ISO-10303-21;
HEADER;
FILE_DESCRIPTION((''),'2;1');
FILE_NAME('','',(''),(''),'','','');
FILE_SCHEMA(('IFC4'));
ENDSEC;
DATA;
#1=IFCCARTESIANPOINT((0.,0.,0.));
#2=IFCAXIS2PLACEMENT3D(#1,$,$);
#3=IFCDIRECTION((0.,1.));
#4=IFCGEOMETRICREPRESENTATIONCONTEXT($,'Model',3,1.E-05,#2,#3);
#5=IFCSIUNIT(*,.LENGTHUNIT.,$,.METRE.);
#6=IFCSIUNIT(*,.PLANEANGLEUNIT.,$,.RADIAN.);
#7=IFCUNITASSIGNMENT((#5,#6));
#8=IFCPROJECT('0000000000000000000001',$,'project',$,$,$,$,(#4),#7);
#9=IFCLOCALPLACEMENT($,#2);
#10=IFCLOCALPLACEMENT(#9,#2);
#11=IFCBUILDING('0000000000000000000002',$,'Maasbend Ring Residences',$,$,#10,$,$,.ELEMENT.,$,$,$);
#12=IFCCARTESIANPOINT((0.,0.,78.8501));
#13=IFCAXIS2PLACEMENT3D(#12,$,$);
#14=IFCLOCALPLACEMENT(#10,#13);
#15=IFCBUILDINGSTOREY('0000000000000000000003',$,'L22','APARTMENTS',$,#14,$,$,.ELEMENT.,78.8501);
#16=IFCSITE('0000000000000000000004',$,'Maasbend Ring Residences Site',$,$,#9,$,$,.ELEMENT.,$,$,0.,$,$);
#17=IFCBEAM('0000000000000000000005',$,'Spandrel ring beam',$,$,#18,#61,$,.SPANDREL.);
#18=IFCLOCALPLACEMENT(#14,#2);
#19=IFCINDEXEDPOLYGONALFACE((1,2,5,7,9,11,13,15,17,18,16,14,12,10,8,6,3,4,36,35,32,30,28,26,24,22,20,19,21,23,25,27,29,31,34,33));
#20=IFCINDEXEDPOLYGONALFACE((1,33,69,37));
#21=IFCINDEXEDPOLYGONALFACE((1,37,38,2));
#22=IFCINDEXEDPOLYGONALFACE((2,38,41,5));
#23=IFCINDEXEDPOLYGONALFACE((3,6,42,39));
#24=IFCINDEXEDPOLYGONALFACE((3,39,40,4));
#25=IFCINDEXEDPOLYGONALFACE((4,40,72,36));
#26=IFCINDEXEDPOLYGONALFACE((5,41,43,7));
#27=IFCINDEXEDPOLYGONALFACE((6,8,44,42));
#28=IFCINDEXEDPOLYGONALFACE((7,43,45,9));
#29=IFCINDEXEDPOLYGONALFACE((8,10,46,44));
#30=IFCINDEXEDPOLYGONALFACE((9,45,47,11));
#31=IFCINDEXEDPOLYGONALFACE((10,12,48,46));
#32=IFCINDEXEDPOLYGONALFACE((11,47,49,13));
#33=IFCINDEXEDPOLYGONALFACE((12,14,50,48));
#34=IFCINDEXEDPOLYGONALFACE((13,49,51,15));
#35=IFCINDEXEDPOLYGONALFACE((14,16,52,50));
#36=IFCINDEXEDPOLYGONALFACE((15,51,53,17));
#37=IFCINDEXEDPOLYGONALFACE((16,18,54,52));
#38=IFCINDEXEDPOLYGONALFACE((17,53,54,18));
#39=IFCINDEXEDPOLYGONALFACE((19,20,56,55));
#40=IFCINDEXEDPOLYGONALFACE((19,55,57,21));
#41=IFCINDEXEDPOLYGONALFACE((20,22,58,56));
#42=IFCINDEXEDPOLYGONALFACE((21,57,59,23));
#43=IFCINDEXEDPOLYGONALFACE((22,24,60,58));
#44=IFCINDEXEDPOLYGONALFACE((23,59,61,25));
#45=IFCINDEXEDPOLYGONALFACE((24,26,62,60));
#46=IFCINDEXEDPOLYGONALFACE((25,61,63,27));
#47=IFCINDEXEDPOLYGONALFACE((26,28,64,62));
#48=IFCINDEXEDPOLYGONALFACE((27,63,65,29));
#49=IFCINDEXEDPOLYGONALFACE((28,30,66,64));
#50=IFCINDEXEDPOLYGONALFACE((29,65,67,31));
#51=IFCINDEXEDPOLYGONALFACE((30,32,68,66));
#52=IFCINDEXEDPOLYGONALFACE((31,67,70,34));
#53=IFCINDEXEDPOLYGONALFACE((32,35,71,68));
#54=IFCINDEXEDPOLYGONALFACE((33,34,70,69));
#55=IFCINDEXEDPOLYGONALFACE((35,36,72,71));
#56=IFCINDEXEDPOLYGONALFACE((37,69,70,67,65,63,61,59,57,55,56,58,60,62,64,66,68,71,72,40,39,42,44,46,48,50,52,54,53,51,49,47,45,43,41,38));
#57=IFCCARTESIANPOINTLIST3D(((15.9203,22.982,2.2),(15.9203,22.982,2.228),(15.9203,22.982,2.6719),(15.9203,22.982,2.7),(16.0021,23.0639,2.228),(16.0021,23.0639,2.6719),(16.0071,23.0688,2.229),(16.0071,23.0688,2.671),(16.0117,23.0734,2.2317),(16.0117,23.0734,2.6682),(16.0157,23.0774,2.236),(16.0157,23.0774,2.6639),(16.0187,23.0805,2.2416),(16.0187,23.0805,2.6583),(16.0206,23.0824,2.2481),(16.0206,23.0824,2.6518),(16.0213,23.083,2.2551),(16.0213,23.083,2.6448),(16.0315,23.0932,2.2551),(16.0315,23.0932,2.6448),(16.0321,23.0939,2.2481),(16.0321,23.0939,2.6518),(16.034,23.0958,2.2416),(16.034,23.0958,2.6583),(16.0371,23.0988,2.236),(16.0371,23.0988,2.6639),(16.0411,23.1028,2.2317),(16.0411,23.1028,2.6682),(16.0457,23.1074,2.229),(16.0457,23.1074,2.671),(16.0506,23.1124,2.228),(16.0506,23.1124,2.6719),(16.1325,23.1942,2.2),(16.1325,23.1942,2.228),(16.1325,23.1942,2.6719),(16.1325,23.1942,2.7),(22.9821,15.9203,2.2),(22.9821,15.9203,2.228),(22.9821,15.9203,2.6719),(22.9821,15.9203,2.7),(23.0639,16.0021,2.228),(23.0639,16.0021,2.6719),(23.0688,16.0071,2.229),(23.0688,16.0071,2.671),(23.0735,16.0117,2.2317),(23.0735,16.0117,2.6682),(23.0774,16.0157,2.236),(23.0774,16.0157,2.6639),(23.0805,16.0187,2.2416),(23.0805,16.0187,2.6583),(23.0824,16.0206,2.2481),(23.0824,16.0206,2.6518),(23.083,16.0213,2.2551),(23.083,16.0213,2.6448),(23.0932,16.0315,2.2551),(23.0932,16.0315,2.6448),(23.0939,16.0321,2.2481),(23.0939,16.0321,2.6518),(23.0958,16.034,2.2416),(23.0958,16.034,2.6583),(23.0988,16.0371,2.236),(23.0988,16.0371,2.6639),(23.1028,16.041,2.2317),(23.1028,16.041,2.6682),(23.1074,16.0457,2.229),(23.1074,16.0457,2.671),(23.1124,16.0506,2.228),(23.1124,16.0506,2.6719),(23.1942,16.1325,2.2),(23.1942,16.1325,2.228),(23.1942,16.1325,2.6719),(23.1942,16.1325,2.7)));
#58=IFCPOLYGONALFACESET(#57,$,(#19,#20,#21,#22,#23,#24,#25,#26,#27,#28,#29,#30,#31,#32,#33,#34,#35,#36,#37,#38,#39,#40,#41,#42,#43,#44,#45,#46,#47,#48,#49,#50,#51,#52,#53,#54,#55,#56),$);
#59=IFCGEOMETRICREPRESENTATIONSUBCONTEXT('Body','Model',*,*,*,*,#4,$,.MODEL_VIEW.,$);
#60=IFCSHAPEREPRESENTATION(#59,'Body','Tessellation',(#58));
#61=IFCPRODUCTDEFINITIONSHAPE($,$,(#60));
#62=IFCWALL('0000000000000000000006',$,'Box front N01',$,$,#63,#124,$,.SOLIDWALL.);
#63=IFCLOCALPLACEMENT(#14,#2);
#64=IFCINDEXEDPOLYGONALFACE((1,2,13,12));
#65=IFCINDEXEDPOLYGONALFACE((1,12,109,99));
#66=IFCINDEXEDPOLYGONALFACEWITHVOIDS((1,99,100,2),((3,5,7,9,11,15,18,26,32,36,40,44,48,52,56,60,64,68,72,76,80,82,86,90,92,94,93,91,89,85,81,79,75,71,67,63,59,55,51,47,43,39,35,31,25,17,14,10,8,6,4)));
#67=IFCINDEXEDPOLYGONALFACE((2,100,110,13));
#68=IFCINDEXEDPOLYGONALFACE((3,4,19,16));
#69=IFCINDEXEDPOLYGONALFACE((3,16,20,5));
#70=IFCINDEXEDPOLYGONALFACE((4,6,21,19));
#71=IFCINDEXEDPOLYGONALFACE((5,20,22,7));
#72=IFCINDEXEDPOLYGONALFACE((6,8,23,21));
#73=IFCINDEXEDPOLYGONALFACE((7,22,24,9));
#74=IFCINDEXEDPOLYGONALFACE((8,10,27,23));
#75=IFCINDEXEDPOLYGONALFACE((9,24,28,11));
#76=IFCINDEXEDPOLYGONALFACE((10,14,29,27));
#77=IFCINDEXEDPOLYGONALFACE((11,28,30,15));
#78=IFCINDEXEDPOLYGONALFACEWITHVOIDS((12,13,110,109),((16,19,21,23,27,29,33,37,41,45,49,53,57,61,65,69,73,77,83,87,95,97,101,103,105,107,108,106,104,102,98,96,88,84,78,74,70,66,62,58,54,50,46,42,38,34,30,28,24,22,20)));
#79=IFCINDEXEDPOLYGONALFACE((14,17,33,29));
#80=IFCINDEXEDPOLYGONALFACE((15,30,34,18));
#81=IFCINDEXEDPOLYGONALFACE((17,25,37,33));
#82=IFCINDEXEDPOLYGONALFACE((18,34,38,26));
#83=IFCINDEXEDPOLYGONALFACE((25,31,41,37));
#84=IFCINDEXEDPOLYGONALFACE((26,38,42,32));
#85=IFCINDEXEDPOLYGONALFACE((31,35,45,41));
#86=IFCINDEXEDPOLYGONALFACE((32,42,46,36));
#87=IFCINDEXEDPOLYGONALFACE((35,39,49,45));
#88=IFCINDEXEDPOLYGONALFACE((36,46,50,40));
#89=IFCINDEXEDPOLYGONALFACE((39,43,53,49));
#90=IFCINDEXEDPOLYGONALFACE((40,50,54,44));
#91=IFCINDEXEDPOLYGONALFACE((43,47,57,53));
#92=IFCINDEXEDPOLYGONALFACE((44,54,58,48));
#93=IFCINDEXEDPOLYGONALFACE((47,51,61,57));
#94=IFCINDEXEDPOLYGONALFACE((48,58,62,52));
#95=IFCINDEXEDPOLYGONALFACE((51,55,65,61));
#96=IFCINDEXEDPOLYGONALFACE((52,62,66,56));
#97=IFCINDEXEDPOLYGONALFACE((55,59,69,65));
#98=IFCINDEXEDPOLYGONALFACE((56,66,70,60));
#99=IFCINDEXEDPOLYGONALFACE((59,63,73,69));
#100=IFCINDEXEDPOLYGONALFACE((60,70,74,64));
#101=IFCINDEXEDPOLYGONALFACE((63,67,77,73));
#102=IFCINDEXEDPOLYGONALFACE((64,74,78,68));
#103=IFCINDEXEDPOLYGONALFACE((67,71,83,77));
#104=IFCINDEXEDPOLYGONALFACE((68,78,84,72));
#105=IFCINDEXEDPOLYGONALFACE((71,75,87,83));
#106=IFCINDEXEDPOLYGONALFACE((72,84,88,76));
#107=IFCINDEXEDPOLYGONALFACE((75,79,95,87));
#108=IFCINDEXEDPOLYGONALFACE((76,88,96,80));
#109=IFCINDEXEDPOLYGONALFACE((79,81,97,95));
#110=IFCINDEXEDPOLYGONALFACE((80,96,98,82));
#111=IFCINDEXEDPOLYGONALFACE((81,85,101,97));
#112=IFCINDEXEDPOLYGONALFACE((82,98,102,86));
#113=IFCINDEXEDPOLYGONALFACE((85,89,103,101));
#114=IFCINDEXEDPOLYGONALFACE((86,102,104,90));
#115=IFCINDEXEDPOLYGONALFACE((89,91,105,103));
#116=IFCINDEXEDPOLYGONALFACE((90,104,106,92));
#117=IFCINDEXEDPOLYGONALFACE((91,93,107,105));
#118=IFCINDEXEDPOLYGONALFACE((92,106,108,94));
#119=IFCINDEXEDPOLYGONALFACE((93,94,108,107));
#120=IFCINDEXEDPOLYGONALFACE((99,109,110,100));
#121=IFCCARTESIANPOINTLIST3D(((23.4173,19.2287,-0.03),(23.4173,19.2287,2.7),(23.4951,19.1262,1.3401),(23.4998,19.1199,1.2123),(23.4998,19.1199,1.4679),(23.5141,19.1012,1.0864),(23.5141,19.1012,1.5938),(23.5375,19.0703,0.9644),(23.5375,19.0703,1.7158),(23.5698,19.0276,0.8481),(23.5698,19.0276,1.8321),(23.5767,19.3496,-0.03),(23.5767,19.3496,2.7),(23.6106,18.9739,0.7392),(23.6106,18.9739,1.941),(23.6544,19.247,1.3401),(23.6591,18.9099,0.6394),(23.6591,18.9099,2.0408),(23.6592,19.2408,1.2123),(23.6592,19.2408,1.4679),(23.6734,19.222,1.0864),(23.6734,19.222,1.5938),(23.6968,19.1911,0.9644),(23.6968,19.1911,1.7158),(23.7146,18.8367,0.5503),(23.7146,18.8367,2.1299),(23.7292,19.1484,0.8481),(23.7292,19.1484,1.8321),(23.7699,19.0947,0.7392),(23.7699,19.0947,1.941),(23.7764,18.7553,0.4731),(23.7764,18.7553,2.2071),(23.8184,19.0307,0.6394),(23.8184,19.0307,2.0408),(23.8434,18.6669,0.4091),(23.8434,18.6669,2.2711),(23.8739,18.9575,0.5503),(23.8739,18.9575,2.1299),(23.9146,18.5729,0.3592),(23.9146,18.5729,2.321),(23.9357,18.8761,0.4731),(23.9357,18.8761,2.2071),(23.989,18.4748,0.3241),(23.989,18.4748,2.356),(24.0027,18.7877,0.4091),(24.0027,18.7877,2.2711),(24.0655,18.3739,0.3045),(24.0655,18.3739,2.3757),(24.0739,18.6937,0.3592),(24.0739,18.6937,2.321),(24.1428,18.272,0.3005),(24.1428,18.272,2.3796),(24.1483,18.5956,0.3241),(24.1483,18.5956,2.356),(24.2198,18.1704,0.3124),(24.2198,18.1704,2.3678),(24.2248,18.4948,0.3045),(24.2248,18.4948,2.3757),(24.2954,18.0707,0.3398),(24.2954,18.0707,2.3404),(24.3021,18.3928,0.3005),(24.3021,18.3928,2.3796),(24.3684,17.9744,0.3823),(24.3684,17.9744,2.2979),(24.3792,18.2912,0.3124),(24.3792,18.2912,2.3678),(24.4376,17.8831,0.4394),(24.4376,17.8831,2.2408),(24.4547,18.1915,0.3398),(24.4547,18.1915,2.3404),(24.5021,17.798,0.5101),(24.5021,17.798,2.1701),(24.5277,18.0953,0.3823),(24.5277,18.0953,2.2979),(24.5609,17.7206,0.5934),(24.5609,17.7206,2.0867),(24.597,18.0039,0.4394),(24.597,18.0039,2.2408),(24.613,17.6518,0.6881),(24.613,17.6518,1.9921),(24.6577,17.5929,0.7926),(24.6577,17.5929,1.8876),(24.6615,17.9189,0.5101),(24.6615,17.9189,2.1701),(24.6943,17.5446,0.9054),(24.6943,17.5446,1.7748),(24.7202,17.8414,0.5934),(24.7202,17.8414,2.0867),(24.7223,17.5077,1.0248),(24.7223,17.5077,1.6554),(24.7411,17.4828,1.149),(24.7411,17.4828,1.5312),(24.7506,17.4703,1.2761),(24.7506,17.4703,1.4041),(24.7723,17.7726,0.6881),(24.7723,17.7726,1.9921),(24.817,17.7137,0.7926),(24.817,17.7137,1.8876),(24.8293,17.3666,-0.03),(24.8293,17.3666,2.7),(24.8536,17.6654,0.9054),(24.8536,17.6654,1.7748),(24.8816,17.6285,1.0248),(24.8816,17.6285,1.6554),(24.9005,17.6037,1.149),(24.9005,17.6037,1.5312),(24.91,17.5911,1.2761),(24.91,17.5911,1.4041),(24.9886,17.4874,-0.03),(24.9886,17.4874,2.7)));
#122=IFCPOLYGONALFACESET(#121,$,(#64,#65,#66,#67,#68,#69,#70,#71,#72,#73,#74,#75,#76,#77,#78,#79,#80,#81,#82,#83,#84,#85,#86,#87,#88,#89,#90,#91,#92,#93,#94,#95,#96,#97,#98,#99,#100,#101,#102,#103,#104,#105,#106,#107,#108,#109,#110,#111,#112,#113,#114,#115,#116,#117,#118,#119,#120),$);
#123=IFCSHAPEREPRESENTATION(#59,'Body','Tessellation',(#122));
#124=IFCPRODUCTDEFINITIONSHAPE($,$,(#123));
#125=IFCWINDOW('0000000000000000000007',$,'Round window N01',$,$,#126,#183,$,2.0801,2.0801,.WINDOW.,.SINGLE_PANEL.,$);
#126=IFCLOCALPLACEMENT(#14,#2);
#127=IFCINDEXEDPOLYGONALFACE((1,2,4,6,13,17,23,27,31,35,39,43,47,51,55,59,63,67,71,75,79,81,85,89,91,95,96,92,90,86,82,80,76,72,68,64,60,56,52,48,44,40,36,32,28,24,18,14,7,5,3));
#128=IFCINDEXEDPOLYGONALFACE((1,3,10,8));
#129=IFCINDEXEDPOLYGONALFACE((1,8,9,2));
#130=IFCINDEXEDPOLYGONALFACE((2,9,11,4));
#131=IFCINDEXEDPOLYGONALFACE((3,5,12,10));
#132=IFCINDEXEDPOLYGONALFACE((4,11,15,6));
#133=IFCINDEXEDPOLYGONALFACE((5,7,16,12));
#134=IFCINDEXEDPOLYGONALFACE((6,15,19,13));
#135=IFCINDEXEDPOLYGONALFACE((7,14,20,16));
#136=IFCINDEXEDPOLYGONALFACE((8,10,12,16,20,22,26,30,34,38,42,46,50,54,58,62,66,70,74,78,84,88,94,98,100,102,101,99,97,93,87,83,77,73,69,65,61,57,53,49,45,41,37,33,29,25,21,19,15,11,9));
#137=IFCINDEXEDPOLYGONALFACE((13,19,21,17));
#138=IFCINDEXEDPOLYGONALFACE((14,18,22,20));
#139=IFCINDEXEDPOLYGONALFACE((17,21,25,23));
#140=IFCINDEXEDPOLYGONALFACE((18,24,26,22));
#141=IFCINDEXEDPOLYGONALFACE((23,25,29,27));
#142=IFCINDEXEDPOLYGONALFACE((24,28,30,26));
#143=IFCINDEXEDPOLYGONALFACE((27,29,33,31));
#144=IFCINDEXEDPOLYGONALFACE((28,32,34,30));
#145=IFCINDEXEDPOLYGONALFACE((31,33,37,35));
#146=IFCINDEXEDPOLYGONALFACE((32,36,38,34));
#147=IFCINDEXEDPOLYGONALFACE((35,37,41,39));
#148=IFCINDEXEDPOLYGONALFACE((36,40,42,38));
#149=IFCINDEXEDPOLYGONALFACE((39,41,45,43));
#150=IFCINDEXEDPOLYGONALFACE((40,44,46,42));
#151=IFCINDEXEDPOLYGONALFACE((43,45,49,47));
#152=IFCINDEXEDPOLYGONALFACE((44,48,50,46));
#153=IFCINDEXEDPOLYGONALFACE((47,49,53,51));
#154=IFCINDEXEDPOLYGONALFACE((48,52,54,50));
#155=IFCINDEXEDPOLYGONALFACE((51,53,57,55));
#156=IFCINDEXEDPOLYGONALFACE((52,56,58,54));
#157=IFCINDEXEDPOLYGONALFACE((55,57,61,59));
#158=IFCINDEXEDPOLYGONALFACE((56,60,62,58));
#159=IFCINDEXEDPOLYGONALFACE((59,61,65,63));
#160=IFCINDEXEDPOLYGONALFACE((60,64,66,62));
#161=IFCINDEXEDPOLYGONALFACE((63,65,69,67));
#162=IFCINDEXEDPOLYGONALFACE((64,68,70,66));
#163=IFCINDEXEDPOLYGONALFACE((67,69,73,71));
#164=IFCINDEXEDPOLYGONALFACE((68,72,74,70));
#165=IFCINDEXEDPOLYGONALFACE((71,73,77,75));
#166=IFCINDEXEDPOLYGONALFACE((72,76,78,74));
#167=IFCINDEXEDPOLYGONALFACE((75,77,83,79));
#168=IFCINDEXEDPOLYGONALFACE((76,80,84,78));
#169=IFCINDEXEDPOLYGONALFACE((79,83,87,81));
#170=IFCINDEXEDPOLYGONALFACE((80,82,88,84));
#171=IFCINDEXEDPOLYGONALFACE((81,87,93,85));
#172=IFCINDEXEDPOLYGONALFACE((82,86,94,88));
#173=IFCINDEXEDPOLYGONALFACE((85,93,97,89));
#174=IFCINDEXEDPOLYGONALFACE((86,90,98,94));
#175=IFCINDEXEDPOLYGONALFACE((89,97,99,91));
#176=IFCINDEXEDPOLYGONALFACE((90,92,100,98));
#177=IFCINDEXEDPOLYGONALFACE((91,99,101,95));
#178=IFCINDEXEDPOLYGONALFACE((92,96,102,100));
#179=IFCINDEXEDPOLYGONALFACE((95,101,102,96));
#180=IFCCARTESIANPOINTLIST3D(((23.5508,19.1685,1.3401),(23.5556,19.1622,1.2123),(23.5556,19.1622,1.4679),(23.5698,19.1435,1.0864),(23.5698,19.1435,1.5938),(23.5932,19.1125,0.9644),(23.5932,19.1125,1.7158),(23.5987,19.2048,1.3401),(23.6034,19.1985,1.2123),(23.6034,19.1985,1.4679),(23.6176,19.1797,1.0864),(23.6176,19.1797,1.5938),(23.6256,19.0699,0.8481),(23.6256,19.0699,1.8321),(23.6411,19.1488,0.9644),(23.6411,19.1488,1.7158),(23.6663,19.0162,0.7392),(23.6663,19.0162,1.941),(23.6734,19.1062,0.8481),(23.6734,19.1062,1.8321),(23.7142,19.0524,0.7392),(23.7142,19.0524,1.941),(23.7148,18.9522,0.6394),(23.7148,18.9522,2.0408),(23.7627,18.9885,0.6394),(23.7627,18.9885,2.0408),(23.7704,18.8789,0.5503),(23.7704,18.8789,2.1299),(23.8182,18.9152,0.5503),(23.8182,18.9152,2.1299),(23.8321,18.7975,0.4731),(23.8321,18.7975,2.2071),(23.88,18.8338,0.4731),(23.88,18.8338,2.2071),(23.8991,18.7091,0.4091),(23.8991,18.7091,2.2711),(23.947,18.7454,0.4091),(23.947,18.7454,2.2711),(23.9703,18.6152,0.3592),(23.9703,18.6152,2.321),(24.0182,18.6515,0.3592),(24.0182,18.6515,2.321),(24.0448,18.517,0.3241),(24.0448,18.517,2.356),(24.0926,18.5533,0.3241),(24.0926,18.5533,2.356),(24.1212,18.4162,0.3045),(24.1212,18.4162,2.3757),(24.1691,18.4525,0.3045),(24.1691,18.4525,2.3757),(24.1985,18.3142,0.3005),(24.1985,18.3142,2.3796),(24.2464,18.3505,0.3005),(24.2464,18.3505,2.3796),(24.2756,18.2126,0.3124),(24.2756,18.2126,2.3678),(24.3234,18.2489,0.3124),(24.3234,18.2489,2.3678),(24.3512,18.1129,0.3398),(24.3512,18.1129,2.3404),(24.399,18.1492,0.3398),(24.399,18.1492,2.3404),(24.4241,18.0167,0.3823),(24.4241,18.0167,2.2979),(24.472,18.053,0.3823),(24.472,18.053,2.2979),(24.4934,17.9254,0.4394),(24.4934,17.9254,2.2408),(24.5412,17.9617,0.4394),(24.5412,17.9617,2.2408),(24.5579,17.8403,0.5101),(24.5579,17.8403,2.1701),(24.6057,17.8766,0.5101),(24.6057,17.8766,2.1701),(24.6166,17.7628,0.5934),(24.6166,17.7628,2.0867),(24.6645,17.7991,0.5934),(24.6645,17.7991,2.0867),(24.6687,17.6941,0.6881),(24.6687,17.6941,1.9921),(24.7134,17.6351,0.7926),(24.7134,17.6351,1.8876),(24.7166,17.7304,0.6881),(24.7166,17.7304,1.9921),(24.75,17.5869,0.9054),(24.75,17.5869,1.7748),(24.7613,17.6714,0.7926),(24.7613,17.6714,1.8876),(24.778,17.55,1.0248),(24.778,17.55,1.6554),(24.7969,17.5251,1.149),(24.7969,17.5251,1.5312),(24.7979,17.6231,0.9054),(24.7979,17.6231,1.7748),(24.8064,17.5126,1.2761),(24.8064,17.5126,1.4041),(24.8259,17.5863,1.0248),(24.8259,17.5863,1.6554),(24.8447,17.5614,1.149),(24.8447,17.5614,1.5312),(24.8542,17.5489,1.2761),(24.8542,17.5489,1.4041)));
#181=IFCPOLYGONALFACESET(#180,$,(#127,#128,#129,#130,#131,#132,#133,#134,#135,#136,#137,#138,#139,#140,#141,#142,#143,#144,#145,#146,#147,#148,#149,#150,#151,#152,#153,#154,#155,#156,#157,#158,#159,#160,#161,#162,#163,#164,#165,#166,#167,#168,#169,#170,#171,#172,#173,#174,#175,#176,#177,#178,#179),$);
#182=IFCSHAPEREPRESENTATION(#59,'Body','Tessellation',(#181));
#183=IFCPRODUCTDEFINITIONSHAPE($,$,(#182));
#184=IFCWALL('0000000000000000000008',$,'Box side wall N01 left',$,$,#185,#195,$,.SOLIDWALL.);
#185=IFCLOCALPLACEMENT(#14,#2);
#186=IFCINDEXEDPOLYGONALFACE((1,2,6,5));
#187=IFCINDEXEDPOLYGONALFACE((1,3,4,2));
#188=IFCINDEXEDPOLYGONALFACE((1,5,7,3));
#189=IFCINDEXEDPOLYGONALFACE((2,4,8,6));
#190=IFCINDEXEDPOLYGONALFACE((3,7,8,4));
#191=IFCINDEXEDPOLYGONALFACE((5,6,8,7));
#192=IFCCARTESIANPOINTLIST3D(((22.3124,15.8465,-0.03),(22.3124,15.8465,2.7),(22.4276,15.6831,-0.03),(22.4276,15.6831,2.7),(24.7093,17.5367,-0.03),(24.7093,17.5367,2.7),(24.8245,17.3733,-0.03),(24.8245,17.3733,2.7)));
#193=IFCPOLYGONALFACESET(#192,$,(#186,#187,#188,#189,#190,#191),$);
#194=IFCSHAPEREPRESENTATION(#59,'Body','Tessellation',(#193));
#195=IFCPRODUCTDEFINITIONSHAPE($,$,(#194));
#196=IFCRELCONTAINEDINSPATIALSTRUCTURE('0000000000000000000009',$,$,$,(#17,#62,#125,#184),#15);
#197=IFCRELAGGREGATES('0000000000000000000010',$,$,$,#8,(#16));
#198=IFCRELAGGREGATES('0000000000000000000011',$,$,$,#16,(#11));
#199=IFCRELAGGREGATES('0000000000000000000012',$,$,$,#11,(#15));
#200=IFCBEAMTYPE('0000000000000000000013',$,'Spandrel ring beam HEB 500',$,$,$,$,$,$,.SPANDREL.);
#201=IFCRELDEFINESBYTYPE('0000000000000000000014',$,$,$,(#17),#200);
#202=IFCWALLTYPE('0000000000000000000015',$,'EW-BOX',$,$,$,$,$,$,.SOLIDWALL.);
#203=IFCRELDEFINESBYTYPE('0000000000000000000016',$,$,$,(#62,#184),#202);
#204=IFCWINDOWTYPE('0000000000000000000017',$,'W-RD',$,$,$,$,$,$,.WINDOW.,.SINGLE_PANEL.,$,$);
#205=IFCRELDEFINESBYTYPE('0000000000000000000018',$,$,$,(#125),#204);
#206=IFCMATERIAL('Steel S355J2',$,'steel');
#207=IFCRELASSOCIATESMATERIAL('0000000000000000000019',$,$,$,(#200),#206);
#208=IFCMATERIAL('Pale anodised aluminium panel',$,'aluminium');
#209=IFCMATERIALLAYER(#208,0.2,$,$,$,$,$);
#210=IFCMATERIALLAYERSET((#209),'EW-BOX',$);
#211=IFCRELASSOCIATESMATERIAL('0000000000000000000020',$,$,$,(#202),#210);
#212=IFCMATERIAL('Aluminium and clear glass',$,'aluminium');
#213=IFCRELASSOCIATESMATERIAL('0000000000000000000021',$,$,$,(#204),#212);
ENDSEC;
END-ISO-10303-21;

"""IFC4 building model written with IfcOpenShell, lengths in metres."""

from ifc_helpers import new_model, si_unit, direction, frame, frame_2d, origin, origin_2d, place, context, subcontext, project, spatial, rectangle, circle, i_section, extrude, material, layer, layer_set, material_profile, profile_set, type_object, element, fill, save


model = new_model("IFC4")

# Units and contexts
model_context = context("Model", 3, precision=1e-05, world=origin(), true_north=direction((0.0, 1.0)))
body_context = subcontext(model_context, "Body", "Model", "MODEL_VIEW")
ifc_project = project(units=[si_unit("LENGTHUNIT", "METRE"), si_unit("PLANEANGLEUNIT", "RADIAN")], contexts=[model_context])

# Site, building, storey
site_placement = place(None, origin())
site = spatial("IfcSite", under=ifc_project, at=site_placement, Name="Maasbend Ring Residences Site", CompositionType="ELEMENT", RefElevation=0.0)
building_placement = place(site_placement, origin())
building = spatial("IfcBuilding", under=site, at=building_placement, Name="Maasbend Ring Residences", CompositionType="ELEMENT")
storey_placement = place(building_placement, frame((0.0, 0.0, 78.8501)))
storey = spatial("IfcBuildingStorey", under=building, at=storey_placement, Name="L22", Description="APARTMENTS", CompositionType="ELEMENT", Elevation=78.8501)

# Beam
ifc_material_1 = material(Name="Steel S355J2", Category="steel")
ifc_material_profile_1 = material_profile(ifc_material_1, i_section(OverallWidth=0.3, OverallDepth=0.5, WebThickness=0.0144, FlangeThickness=0.0281, FilletRadius=0.0271, at=origin_2d()), Name="HEB 500")
ifc_profile_set_1 = profile_set([ifc_material_profile_1], Name="Steel S355J2")
beam_type = type_object("IfcBeamType", Name="Spandrel ring beam HEB 500", PredefinedType="SPANDREL", material=ifc_profile_set_1)
beam_placement = place(storey_placement, frame((23.0881, 16.0264, 2.45), z_axis=(-0.707107, 0.707107, 0.0), x_axis=(-0.707107, -0.707107, 0.0)))
element("IfcBeam", 1, at=beam_placement, inside=storey, type_object=beam_type, Name="Spandrel ring beam", PredefinedType="SPANDREL", context=body_context, shape_type="SweptSolid", body=[
    extrude(i_section(OverallWidth=0.3, OverallDepth=0.5, WebThickness=0.0144, FlangeThickness=0.0281, FilletRadius=0.0271, at=origin_2d()), origin(), (0.0, 0.0, 1.0), 9.9868),
])

# Wall, opening, window
ifc_material_2 = material(Name="Pale anodised aluminium panel", Category="aluminium")
ifc_layer_1 = layer(ifc_material_2, 0.2)
ifc_layer_set_1 = layer_set([ifc_layer_1], Name="EW-BOX")
wall_type_1 = type_object("IfcWallType", Name="EW-BOX", PredefinedType="SOLIDWALL", material=ifc_layer_set_1)
wall_1_placement = place(storey_placement, frame((24.9089, 17.427, -0.03), z_axis=(0.0, 0.0, 1.0), x_axis=(-0.604188, 0.796842, 0.0)))
wall_1 = element("IfcWall", 2, at=wall_1_placement, inside=storey, type_object=wall_type_1, Name="Box front N01", PredefinedType="SOLIDWALL", context=body_context, shape_type="SweptSolid", body=[
    extrude(rectangle(XDim=2.3369, YDim=0.2, at=frame_2d((1.1685, 0.0))), origin(), (0.0, 0.0, 1.0), 2.73),
])
opening_1_placement = place(wall_1_placement, frame((0.1282, 0.0, 0.3301)))
opening_1 = element("IfcOpeningElement", 3, at=opening_1_placement, cuts=wall_1, PredefinedType="OPENING", context=body_context, shape_type="SweptSolid", body=[
    extrude(circle(Radius=1.04, at=frame_2d((1.04, 1.04))), frame((0.0, 0.1099, 0.0), z_axis=(0.0, -1.0, 0.0), x_axis=(1.0, 0.0, 0.0)), (0.0, 0.0, 1.0), 0.22),
])
ifc_material_3 = material(Name="Aluminium and clear glass", Category="aluminium")
window_type_1 = type_object("IfcWindowType", Name="W-RD", PartitioningType="SINGLE_PANEL", PredefinedType="WINDOW", material=ifc_material_3)
window_1_placement = place(opening_1_placement, origin())
window_1 = element("IfcWindow", 4, at=window_1_placement, inside=storey, type_object=window_type_1, Name="Round window N01", OverallHeight=2.0801, OverallWidth=2.0801, PartitioningType="SINGLE_PANEL", PredefinedType="WINDOW", context=body_context, shape_type="SweptSolid", body=[
    extrude(circle(Radius=1.04, at=frame_2d((1.04, 1.04))), frame((0.0, 0.03, 0.0), z_axis=(0.0, -1.0, 0.0), x_axis=(1.0, 0.0, 0.0)), (0.0, 0.0, 1.0), 0.0601),
])
fill(opening_1, window_1)

# Wall
wall_2_placement = place(storey_placement, frame((22.3701, 15.7649, -0.03), z_axis=(0.0, 0.0, 1.0), x_axis=(0.817256, 0.576275, 0.0)))
element("IfcWall", 5, at=wall_2_placement, inside=storey, type_object=wall_type_1, Name="Box side wall N01 left", PredefinedType="SOLIDWALL", context=body_context, shape_type="SweptSolid", body=[
    extrude(rectangle(XDim=2.9329, YDim=0.2, at=frame_2d((1.4663, 0.0))), origin(), (0.0, 0.0, 1.0), 2.73),
])

save(model, "model.ifc")
